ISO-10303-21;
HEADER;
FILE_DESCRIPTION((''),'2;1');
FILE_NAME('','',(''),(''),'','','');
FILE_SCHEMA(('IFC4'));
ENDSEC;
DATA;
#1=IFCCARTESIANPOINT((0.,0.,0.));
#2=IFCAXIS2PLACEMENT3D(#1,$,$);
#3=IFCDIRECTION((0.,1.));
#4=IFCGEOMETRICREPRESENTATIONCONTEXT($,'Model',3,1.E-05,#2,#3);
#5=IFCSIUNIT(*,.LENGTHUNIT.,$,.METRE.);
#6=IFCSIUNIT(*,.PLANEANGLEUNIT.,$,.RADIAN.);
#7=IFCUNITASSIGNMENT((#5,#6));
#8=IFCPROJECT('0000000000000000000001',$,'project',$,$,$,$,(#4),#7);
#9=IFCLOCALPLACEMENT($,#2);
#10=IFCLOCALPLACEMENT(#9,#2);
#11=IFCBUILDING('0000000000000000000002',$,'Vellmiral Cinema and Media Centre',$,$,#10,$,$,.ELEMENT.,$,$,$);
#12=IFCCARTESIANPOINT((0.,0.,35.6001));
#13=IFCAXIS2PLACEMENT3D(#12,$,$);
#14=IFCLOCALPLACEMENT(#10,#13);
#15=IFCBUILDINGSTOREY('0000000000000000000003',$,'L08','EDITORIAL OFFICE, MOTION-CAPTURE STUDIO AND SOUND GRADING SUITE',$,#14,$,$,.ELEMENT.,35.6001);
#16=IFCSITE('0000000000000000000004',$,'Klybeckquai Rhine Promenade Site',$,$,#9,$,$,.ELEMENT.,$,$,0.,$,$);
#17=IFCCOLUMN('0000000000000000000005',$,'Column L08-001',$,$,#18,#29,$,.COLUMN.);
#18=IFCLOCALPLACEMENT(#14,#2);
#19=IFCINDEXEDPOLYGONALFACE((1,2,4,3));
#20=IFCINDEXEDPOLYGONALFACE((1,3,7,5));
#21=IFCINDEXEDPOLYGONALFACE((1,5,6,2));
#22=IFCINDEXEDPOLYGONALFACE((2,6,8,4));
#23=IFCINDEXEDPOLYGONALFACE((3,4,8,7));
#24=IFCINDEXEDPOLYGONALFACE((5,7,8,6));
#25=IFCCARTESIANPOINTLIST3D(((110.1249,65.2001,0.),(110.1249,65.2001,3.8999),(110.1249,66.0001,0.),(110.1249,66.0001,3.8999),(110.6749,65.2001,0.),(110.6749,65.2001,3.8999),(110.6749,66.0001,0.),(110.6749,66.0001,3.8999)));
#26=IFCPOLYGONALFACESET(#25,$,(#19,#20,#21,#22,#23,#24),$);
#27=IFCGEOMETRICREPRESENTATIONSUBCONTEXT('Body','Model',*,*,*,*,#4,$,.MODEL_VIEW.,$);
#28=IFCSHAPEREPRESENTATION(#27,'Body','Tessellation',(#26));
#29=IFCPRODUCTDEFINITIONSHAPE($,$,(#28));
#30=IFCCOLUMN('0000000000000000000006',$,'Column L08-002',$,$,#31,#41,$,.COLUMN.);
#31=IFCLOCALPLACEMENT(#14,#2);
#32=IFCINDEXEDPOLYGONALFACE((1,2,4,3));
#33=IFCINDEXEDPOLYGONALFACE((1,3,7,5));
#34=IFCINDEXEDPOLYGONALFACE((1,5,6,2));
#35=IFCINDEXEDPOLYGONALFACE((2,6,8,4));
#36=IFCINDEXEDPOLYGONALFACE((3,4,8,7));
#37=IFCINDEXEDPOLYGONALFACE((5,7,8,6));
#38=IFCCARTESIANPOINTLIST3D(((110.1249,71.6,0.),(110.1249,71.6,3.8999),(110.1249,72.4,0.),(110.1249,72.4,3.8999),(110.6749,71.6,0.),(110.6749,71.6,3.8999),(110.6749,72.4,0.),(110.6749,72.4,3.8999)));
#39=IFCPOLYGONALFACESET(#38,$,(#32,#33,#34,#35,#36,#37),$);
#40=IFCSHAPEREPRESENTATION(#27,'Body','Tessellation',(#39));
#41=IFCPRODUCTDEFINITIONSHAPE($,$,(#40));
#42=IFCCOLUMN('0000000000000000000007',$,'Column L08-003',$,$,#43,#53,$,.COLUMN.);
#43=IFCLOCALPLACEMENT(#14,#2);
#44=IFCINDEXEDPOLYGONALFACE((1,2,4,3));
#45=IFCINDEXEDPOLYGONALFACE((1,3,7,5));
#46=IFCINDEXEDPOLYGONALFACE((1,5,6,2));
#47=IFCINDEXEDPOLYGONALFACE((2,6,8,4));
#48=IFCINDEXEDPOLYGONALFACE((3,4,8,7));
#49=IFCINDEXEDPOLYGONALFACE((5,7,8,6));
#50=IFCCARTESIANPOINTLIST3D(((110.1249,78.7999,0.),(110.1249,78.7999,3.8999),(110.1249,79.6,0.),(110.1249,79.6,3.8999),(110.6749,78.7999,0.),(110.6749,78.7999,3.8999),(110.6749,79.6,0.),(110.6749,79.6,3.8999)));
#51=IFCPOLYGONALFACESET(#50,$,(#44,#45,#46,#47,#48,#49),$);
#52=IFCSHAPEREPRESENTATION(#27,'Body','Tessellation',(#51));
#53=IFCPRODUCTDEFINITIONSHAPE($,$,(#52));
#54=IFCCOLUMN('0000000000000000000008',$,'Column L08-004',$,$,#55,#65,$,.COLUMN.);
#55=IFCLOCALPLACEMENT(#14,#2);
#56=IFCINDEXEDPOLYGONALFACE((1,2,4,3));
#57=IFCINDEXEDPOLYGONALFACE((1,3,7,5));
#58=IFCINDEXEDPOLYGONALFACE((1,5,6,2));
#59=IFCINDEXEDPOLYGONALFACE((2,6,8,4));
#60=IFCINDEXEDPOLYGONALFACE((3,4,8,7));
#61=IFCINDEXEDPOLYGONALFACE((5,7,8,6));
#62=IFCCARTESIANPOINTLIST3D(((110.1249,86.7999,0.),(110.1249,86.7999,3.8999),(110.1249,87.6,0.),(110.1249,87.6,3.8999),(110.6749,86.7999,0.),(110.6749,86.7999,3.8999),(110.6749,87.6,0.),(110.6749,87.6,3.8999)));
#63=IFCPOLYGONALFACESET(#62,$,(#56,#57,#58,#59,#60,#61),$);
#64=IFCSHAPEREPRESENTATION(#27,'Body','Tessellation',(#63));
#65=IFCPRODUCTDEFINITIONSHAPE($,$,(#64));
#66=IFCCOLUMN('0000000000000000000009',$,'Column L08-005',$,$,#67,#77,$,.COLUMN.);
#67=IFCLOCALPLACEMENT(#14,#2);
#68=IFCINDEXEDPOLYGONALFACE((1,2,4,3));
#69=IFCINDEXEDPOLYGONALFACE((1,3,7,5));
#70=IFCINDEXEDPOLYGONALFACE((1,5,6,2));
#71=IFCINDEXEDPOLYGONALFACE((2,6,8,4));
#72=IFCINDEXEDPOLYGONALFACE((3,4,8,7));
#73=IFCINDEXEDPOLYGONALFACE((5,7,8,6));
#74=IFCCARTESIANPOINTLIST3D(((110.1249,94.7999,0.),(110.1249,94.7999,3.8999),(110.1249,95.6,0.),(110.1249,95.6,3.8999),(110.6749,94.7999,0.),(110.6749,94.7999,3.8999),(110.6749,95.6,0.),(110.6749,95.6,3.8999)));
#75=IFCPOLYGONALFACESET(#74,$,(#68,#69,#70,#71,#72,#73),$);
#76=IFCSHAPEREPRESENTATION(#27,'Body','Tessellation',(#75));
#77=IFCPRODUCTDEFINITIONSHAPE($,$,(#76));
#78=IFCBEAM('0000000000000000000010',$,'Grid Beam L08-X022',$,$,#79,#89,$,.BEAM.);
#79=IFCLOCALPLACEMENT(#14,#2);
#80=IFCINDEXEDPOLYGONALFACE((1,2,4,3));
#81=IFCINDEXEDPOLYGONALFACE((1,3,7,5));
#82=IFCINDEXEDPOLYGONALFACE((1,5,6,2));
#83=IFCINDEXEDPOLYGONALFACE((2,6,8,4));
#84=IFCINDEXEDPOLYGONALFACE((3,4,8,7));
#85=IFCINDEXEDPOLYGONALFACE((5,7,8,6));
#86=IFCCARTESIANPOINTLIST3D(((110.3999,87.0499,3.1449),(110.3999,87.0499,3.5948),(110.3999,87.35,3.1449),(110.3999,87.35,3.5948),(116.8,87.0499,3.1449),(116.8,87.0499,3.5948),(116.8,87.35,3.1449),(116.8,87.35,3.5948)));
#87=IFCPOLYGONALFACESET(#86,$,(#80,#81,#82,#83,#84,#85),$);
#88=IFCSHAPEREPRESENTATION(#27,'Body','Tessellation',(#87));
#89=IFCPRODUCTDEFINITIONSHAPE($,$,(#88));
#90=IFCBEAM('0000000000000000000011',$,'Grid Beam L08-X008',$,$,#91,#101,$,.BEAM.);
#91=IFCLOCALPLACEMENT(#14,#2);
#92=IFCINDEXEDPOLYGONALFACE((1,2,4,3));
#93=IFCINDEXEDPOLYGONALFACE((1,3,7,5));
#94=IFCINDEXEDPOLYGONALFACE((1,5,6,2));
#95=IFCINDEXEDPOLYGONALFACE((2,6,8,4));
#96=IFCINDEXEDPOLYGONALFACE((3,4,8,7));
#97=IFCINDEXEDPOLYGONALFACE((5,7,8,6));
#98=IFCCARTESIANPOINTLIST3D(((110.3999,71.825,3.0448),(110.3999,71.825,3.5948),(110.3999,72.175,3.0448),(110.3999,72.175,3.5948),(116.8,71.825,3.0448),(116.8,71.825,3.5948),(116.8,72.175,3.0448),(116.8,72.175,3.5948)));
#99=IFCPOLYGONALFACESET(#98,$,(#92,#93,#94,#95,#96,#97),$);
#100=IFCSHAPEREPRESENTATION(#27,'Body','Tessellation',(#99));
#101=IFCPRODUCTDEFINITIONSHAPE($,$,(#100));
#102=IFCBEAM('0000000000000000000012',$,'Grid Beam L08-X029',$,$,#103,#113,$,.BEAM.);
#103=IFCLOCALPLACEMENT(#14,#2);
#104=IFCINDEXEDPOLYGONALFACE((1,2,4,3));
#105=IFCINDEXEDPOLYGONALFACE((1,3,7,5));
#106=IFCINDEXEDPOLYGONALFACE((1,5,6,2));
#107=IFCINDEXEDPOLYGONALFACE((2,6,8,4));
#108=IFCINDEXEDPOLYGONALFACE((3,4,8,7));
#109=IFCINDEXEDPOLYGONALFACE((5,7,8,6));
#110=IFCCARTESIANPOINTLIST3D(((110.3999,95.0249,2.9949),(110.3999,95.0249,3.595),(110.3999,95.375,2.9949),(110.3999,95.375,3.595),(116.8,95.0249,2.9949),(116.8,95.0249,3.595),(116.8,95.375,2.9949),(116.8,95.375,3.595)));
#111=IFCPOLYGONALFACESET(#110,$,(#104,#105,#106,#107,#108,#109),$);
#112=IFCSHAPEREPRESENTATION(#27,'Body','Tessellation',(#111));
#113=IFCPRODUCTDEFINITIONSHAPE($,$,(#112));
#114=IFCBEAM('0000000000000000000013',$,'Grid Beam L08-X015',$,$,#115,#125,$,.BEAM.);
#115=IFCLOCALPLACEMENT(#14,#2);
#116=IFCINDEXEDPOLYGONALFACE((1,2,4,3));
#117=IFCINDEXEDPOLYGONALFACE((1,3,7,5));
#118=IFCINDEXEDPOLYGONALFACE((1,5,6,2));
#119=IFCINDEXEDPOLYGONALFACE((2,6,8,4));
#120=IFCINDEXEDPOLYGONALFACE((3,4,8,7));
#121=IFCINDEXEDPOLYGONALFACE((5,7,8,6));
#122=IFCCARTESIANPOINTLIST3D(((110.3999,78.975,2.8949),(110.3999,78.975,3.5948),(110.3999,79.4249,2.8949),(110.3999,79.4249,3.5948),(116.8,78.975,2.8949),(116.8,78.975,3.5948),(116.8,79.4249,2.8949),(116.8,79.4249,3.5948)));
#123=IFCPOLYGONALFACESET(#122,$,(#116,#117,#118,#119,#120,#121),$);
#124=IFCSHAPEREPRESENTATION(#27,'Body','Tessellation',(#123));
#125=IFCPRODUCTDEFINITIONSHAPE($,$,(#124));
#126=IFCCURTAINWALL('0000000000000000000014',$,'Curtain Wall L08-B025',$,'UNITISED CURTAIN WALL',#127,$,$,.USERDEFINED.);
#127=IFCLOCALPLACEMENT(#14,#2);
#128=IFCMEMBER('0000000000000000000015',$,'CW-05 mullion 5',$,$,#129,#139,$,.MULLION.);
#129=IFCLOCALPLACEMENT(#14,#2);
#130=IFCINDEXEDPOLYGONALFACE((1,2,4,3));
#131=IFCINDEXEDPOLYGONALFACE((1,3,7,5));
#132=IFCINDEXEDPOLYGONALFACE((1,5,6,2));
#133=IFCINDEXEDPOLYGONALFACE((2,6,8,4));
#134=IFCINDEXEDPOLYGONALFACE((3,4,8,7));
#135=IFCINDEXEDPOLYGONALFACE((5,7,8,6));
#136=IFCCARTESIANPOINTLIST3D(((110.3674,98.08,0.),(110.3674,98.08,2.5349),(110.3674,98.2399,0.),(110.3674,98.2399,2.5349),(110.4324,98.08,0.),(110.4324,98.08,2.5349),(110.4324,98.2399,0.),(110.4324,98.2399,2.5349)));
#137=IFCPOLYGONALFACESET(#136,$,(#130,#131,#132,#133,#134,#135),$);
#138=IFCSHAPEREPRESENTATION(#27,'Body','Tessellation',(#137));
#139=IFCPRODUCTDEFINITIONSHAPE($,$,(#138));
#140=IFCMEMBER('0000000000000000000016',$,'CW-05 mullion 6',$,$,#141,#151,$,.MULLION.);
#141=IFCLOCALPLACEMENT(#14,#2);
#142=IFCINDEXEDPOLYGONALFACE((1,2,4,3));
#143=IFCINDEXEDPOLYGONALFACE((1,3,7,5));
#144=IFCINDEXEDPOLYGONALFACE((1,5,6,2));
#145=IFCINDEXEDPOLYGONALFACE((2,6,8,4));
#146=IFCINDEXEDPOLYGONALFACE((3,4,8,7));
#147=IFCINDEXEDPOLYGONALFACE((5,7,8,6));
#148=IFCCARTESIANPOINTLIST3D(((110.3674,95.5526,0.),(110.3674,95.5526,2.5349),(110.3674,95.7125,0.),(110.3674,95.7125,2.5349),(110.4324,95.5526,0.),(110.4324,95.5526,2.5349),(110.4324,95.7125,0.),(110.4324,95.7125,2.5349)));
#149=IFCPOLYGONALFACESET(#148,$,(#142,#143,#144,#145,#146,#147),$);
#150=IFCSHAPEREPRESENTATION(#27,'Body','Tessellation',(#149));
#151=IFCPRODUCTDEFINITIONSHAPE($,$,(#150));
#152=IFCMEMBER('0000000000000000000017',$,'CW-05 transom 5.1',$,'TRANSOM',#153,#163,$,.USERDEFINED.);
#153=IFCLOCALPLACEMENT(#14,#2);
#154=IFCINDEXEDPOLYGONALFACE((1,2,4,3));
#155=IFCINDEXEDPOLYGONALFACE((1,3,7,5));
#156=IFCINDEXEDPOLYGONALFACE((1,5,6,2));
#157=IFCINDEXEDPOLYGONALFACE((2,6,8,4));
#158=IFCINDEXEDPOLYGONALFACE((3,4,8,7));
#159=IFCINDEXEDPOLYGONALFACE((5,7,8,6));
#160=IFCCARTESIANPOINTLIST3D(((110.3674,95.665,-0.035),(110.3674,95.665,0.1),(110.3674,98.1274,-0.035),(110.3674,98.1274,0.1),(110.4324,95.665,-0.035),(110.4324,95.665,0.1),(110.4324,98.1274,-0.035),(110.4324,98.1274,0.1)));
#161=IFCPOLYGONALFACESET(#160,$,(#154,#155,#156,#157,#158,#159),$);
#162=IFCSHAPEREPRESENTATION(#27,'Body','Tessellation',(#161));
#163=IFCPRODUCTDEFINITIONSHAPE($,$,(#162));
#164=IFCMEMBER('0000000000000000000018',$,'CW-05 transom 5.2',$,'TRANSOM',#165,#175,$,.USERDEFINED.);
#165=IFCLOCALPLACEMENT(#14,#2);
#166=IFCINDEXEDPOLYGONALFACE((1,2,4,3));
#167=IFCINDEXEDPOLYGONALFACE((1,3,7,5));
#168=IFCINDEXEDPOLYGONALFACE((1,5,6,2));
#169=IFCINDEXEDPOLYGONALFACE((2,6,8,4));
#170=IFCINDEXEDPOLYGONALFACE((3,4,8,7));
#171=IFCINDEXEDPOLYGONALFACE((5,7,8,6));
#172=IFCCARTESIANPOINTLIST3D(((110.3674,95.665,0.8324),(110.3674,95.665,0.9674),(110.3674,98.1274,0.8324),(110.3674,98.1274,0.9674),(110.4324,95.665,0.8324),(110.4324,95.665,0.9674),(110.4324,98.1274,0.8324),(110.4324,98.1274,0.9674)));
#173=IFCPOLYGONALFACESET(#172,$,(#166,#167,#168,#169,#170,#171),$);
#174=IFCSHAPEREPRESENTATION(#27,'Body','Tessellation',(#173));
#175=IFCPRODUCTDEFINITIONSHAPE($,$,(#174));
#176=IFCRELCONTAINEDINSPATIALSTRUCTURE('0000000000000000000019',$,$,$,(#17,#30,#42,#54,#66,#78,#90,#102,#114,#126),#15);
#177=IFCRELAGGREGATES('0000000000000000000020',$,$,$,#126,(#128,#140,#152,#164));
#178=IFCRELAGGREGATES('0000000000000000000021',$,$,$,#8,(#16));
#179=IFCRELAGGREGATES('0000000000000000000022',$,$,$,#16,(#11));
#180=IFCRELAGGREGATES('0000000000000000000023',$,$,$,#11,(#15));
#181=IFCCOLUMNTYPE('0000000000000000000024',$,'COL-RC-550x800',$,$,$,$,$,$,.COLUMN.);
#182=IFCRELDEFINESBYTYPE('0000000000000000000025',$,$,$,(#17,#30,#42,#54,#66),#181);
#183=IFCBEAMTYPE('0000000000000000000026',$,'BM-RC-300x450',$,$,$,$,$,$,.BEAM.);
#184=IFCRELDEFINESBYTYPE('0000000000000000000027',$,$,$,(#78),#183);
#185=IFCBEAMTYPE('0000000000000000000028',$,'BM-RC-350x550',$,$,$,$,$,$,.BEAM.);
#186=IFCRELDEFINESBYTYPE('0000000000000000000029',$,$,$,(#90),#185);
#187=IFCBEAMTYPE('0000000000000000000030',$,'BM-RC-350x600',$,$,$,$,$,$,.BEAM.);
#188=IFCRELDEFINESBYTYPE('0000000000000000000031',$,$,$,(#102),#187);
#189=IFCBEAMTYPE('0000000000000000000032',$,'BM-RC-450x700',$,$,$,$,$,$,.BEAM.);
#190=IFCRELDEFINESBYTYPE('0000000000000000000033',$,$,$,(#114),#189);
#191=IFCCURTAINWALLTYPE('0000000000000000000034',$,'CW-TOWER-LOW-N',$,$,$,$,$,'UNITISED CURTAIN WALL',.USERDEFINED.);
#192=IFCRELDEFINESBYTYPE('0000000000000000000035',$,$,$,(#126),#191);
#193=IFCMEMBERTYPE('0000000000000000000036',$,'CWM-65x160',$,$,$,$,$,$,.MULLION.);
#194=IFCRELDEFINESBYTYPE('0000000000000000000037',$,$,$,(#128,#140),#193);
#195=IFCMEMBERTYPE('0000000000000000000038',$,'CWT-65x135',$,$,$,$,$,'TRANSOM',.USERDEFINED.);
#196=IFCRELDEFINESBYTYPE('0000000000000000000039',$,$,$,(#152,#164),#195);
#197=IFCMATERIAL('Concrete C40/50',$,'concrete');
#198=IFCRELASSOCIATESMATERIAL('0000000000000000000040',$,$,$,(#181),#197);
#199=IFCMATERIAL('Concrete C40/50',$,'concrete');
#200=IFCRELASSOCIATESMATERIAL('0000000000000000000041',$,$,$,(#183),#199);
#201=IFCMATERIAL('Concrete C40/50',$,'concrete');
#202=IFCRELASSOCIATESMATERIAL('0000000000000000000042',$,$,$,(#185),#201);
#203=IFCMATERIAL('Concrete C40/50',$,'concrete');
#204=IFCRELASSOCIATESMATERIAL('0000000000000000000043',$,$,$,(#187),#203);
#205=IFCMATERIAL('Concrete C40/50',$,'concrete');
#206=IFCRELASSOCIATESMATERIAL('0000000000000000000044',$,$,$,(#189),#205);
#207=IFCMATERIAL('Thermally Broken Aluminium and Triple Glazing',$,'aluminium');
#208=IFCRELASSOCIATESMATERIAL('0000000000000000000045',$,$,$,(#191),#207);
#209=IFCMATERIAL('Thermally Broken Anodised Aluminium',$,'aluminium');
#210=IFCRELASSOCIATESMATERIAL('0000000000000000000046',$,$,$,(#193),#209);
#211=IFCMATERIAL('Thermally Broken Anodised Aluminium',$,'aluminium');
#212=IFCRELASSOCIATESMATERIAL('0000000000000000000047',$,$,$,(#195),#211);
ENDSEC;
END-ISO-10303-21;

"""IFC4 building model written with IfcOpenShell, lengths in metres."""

from ifc_helpers import new_model, si_unit, direction, frame, origin, origin_2d, place, context, subcontext, project, spatial, rectangle, extrude, material, material_profile, profile_set, type_object, element, aggregate, save


model = new_model("IFC4")

# Units and contexts
model_context = context("Model", 3, precision=1e-05, world=origin(), true_north=direction((0.0, 1.0)))
body_context = subcontext(model_context, "Body", "Model", "MODEL_VIEW")
ifc_project = project(units=[si_unit("LENGTHUNIT", "METRE"), si_unit("PLANEANGLEUNIT", "RADIAN")], contexts=[model_context])

# Site, building, storey
site_placement = place(None, origin())
site = spatial("IfcSite", under=ifc_project, at=site_placement, Name="Klybeckquai Rhine Promenade Site", CompositionType="ELEMENT", RefElevation=0.0)
building_placement = place(site_placement, origin())
building = spatial("IfcBuilding", under=site, at=building_placement, Name="Vellmiral Cinema and Media Centre", CompositionType="ELEMENT")
storey_placement = place(building_placement, frame((0.0, 0.0, 35.6001)))
storey = spatial("IfcBuildingStorey", under=building, at=storey_placement, Name="L08", Description="EDITORIAL OFFICE, MOTION-CAPTURE STUDIO AND SOUND GRADING SUITE", CompositionType="ELEMENT", Elevation=35.6001)

# Columns
ifc_material_1 = material(Name="Concrete C40/50", Category="concrete")
ifc_material_profile_1 = material_profile(ifc_material_1, rectangle(XDim=0.55, YDim=0.8, at=origin_2d()), Name="RC 550x800")
ifc_profile_set_1 = profile_set([ifc_material_profile_1], Name="Concrete C40/50")
column_type = type_object("IfcColumnType", Name="COL-RC-550x800", PredefinedType="COLUMN", material=ifc_profile_set_1)
for number, where, z_axis, x_axis, name in (
    (1, (110.3999, 65.6001, 0.0), (0.0, 0.0, 1.0), (1.0, 0.0, 0.0), "Column L08-001"),
    (2, (110.3999, 72.0, 0.0), (0.0, 0.0, 1.0), (1.0, 0.0, 0.0), "Column L08-002"),
    (3, (110.3999, 79.2, 0.0), (0.0, 0.0, 1.0), (1.0, 0.0, 0.0), "Column L08-003"),
    (4, (110.3999, 87.2, 0.0), (0.0, 0.0, 1.0), (1.0, 0.0, 0.0), "Column L08-004"),
    (5, (110.3999, 95.2, 0.0), (0.0, 0.0, 1.0), (1.0, 0.0, 0.0), "Column L08-005"),
):
    element("IfcColumn", number, at=place(storey_placement, frame(where, z_axis=z_axis, x_axis=x_axis)), inside=storey, type_object=column_type, Name=name, PredefinedType="COLUMN", context=body_context, shape_type="SweptSolid", body=[
        extrude(rectangle(XDim=0.55, YDim=0.8, at=origin_2d()), origin(), (0.0, 0.0, 1.0), 3.8999),
    ])

# Beams
ifc_material_2 = material(Name="Concrete C40/50", Category="concrete")
ifc_material_profile_2 = material_profile(ifc_material_2, rectangle(XDim=0.3, YDim=0.45, at=origin_2d()), Name="RC 300x450")
ifc_profile_set_2 = profile_set([ifc_material_profile_2], Name="Concrete C40/50")
beam_type_1 = type_object("IfcBeamType", Name="BM-RC-300x450", PredefinedType="BEAM", material=ifc_profile_set_2)
beam_1_placement = place(storey_placement, frame((110.3999, 87.2, 3.3699), z_axis=(1.0, 0.0, 0.0), x_axis=(0.0, 1.0, 0.0)))
element("IfcBeam", 6, at=beam_1_placement, inside=storey, type_object=beam_type_1, Name="Grid Beam L08-X022", PredefinedType="BEAM", context=body_context, shape_type="SweptSolid", body=[
    extrude(rectangle(XDim=0.3, YDim=0.45, at=origin_2d()), origin(), (0.0, 0.0, 1.0), 6.4001),
])
ifc_material_3 = material(Name="Concrete C40/50", Category="concrete")
ifc_material_profile_3 = material_profile(ifc_material_3, rectangle(XDim=0.3501, YDim=0.55, at=origin_2d()), Name="RC 350x550")
ifc_profile_set_3 = profile_set([ifc_material_profile_3], Name="Concrete C40/50")
beam_type_2 = type_object("IfcBeamType", Name="BM-RC-350x550", PredefinedType="BEAM", material=ifc_profile_set_3)
beam_2_placement = place(storey_placement, frame((110.3999, 72.0, 3.3198), z_axis=(1.0, 0.0, 0.0), x_axis=(0.0, 1.0, 0.0)))
element("IfcBeam", 7, at=beam_2_placement, inside=storey, type_object=beam_type_2, Name="Grid Beam L08-X008", PredefinedType="BEAM", context=body_context, shape_type="SweptSolid", body=[
    extrude(rectangle(XDim=0.3501, YDim=0.55, at=origin_2d()), origin(), (0.0, 0.0, 1.0), 6.4001),
])
ifc_material_4 = material(Name="Concrete C40/50", Category="concrete")
ifc_material_profile_4 = material_profile(ifc_material_4, rectangle(XDim=0.3501, YDim=0.6001, at=origin_2d()), Name="RC 350x600")
ifc_profile_set_4 = profile_set([ifc_material_profile_4], Name="Concrete C40/50")
beam_type_3 = type_object("IfcBeamType", Name="BM-RC-350x600", PredefinedType="BEAM", material=ifc_profile_set_4)
beam_3_placement = place(storey_placement, frame((110.3999, 95.2, 3.2949), z_axis=(1.0, 0.0, 0.0), x_axis=(0.0, 1.0, 0.0)))
element("IfcBeam", 8, at=beam_3_placement, inside=storey, type_object=beam_type_3, Name="Grid Beam L08-X029", PredefinedType="BEAM", context=body_context, shape_type="SweptSolid", body=[
    extrude(rectangle(XDim=0.3501, YDim=0.6001, at=origin_2d()), origin(), (0.0, 0.0, 1.0), 6.4001),
])
ifc_material_5 = material(Name="Concrete C40/50", Category="concrete")
ifc_material_profile_5 = material_profile(ifc_material_5, rectangle(XDim=0.45, YDim=0.7, at=origin_2d()), Name="RC 450x700")
ifc_profile_set_5 = profile_set([ifc_material_profile_5], Name="Concrete C40/50")
beam_type_4 = type_object("IfcBeamType", Name="BM-RC-450x700", PredefinedType="BEAM", material=ifc_profile_set_5)
beam_4_placement = place(storey_placement, frame((110.3999, 79.2, 3.2449), z_axis=(1.0, 0.0, 0.0), x_axis=(0.0, 1.0, 0.0)))
element("IfcBeam", 9, at=beam_4_placement, inside=storey, type_object=beam_type_4, Name="Grid Beam L08-X015", PredefinedType="BEAM", context=body_context, shape_type="SweptSolid", body=[
    extrude(rectangle(XDim=0.45, YDim=0.7, at=origin_2d()), origin(), (0.0, 0.0, 1.0), 6.4001),
])

# Curtain wall, members
ifc_material_6 = material(Name="Thermally Broken Aluminium and Triple Glazing", Category="aluminium")
curtain_wall_type = type_object("IfcCurtainWallType", Name="CW-TOWER-LOW-N", ElementType="UNITISED CURTAIN WALL", PredefinedType="USERDEFINED", material=ifc_material_6)
curtain_wall_placement = place(storey_placement, origin())
curtain_wall = element("IfcCurtainWall", 10, at=curtain_wall_placement, inside=storey, type_object=curtain_wall_type, Name="Curtain Wall L08-B025", ObjectType="UNITISED CURTAIN WALL", PredefinedType="USERDEFINED")
ifc_material_7 = material(Name="Thermally Broken Anodised Aluminium", Category="aluminium")
ifc_material_profile_6 = material_profile(ifc_material_7, rectangle(XDim=0.0649, YDim=0.1599, at=origin_2d()), Name="MULL 65x160")
ifc_profile_set_6 = profile_set([ifc_material_profile_6], Name="Thermally Broken Anodised Aluminium")
member_type_1 = type_object("IfcMemberType", Name="CWM-65x160", PredefinedType="MULLION", material=ifc_profile_set_6)
member_1_placement = place(storey_placement, frame((110.3999, 98.1599, 0.0), z_axis=(0.0, 0.0, 1.0), x_axis=(1.0, 0.0, 0.0)))
member_1 = element("IfcMember", 11, at=member_1_placement, type_object=member_type_1, Name="CW-05 mullion 5", PredefinedType="MULLION", context=body_context, shape_type="SweptSolid", body=[
    extrude(rectangle(XDim=0.0649, YDim=0.1599, at=origin_2d()), origin(), (0.0, 0.0, 1.0), 2.5349),
])
member_2_placement = place(storey_placement, frame((110.3999, 95.6326, 0.0), z_axis=(0.0, 0.0, 1.0), x_axis=(1.0, 0.0, 0.0)))
member_2 = element("IfcMember", 12, at=member_2_placement, type_object=member_type_1, Name="CW-05 mullion 6", PredefinedType="MULLION", context=body_context, shape_type="SweptSolid", body=[
    extrude(rectangle(XDim=0.0649, YDim=0.1599, at=origin_2d()), origin(), (0.0, 0.0, 1.0), 2.5349),
])
ifc_material_8 = material(Name="Thermally Broken Anodised Aluminium", Category="aluminium")
ifc_material_profile_7 = material_profile(ifc_material_8, rectangle(XDim=0.0649, YDim=0.135, at=origin_2d()), Name="MULL 65x135")
ifc_profile_set_7 = profile_set([ifc_material_profile_7], Name="Thermally Broken Anodised Aluminium")
member_type_2 = type_object("IfcMemberType", Name="CWT-65x135", ElementType="TRANSOM", PredefinedType="USERDEFINED", material=ifc_profile_set_7)
member_3_placement = place(storey_placement, frame((110.3999, 98.1274, 0.0325), z_axis=(0.0, -1.0, 0.0), x_axis=(1.0, 0.0, 0.0)))
member_3 = element("IfcMember", 13, at=member_3_placement, type_object=member_type_2, Name="CW-05 transom 5.1", ObjectType="TRANSOM", PredefinedType="USERDEFINED", context=body_context, shape_type="SweptSolid", body=[
    extrude(rectangle(XDim=0.0649, YDim=0.135, at=origin_2d()), origin(), (0.0, 0.0, 1.0), 2.4624),
])
member_4_placement = place(storey_placement, frame((110.3999, 98.1274, 0.8999), z_axis=(0.0, -1.0, 0.0), x_axis=(1.0, 0.0, 0.0)))
member_4 = element("IfcMember", 14, at=member_4_placement, type_object=member_type_2, Name="CW-05 transom 5.2", ObjectType="TRANSOM", PredefinedType="USERDEFINED", context=body_context, shape_type="SweptSolid", body=[
    extrude(rectangle(XDim=0.0649, YDim=0.135, at=origin_2d()), origin(), (0.0, 0.0, 1.0), 2.4624),
])

aggregate(curtain_wall, [member_1, member_2, member_3, member_4])

save(model, "model.ifc")
